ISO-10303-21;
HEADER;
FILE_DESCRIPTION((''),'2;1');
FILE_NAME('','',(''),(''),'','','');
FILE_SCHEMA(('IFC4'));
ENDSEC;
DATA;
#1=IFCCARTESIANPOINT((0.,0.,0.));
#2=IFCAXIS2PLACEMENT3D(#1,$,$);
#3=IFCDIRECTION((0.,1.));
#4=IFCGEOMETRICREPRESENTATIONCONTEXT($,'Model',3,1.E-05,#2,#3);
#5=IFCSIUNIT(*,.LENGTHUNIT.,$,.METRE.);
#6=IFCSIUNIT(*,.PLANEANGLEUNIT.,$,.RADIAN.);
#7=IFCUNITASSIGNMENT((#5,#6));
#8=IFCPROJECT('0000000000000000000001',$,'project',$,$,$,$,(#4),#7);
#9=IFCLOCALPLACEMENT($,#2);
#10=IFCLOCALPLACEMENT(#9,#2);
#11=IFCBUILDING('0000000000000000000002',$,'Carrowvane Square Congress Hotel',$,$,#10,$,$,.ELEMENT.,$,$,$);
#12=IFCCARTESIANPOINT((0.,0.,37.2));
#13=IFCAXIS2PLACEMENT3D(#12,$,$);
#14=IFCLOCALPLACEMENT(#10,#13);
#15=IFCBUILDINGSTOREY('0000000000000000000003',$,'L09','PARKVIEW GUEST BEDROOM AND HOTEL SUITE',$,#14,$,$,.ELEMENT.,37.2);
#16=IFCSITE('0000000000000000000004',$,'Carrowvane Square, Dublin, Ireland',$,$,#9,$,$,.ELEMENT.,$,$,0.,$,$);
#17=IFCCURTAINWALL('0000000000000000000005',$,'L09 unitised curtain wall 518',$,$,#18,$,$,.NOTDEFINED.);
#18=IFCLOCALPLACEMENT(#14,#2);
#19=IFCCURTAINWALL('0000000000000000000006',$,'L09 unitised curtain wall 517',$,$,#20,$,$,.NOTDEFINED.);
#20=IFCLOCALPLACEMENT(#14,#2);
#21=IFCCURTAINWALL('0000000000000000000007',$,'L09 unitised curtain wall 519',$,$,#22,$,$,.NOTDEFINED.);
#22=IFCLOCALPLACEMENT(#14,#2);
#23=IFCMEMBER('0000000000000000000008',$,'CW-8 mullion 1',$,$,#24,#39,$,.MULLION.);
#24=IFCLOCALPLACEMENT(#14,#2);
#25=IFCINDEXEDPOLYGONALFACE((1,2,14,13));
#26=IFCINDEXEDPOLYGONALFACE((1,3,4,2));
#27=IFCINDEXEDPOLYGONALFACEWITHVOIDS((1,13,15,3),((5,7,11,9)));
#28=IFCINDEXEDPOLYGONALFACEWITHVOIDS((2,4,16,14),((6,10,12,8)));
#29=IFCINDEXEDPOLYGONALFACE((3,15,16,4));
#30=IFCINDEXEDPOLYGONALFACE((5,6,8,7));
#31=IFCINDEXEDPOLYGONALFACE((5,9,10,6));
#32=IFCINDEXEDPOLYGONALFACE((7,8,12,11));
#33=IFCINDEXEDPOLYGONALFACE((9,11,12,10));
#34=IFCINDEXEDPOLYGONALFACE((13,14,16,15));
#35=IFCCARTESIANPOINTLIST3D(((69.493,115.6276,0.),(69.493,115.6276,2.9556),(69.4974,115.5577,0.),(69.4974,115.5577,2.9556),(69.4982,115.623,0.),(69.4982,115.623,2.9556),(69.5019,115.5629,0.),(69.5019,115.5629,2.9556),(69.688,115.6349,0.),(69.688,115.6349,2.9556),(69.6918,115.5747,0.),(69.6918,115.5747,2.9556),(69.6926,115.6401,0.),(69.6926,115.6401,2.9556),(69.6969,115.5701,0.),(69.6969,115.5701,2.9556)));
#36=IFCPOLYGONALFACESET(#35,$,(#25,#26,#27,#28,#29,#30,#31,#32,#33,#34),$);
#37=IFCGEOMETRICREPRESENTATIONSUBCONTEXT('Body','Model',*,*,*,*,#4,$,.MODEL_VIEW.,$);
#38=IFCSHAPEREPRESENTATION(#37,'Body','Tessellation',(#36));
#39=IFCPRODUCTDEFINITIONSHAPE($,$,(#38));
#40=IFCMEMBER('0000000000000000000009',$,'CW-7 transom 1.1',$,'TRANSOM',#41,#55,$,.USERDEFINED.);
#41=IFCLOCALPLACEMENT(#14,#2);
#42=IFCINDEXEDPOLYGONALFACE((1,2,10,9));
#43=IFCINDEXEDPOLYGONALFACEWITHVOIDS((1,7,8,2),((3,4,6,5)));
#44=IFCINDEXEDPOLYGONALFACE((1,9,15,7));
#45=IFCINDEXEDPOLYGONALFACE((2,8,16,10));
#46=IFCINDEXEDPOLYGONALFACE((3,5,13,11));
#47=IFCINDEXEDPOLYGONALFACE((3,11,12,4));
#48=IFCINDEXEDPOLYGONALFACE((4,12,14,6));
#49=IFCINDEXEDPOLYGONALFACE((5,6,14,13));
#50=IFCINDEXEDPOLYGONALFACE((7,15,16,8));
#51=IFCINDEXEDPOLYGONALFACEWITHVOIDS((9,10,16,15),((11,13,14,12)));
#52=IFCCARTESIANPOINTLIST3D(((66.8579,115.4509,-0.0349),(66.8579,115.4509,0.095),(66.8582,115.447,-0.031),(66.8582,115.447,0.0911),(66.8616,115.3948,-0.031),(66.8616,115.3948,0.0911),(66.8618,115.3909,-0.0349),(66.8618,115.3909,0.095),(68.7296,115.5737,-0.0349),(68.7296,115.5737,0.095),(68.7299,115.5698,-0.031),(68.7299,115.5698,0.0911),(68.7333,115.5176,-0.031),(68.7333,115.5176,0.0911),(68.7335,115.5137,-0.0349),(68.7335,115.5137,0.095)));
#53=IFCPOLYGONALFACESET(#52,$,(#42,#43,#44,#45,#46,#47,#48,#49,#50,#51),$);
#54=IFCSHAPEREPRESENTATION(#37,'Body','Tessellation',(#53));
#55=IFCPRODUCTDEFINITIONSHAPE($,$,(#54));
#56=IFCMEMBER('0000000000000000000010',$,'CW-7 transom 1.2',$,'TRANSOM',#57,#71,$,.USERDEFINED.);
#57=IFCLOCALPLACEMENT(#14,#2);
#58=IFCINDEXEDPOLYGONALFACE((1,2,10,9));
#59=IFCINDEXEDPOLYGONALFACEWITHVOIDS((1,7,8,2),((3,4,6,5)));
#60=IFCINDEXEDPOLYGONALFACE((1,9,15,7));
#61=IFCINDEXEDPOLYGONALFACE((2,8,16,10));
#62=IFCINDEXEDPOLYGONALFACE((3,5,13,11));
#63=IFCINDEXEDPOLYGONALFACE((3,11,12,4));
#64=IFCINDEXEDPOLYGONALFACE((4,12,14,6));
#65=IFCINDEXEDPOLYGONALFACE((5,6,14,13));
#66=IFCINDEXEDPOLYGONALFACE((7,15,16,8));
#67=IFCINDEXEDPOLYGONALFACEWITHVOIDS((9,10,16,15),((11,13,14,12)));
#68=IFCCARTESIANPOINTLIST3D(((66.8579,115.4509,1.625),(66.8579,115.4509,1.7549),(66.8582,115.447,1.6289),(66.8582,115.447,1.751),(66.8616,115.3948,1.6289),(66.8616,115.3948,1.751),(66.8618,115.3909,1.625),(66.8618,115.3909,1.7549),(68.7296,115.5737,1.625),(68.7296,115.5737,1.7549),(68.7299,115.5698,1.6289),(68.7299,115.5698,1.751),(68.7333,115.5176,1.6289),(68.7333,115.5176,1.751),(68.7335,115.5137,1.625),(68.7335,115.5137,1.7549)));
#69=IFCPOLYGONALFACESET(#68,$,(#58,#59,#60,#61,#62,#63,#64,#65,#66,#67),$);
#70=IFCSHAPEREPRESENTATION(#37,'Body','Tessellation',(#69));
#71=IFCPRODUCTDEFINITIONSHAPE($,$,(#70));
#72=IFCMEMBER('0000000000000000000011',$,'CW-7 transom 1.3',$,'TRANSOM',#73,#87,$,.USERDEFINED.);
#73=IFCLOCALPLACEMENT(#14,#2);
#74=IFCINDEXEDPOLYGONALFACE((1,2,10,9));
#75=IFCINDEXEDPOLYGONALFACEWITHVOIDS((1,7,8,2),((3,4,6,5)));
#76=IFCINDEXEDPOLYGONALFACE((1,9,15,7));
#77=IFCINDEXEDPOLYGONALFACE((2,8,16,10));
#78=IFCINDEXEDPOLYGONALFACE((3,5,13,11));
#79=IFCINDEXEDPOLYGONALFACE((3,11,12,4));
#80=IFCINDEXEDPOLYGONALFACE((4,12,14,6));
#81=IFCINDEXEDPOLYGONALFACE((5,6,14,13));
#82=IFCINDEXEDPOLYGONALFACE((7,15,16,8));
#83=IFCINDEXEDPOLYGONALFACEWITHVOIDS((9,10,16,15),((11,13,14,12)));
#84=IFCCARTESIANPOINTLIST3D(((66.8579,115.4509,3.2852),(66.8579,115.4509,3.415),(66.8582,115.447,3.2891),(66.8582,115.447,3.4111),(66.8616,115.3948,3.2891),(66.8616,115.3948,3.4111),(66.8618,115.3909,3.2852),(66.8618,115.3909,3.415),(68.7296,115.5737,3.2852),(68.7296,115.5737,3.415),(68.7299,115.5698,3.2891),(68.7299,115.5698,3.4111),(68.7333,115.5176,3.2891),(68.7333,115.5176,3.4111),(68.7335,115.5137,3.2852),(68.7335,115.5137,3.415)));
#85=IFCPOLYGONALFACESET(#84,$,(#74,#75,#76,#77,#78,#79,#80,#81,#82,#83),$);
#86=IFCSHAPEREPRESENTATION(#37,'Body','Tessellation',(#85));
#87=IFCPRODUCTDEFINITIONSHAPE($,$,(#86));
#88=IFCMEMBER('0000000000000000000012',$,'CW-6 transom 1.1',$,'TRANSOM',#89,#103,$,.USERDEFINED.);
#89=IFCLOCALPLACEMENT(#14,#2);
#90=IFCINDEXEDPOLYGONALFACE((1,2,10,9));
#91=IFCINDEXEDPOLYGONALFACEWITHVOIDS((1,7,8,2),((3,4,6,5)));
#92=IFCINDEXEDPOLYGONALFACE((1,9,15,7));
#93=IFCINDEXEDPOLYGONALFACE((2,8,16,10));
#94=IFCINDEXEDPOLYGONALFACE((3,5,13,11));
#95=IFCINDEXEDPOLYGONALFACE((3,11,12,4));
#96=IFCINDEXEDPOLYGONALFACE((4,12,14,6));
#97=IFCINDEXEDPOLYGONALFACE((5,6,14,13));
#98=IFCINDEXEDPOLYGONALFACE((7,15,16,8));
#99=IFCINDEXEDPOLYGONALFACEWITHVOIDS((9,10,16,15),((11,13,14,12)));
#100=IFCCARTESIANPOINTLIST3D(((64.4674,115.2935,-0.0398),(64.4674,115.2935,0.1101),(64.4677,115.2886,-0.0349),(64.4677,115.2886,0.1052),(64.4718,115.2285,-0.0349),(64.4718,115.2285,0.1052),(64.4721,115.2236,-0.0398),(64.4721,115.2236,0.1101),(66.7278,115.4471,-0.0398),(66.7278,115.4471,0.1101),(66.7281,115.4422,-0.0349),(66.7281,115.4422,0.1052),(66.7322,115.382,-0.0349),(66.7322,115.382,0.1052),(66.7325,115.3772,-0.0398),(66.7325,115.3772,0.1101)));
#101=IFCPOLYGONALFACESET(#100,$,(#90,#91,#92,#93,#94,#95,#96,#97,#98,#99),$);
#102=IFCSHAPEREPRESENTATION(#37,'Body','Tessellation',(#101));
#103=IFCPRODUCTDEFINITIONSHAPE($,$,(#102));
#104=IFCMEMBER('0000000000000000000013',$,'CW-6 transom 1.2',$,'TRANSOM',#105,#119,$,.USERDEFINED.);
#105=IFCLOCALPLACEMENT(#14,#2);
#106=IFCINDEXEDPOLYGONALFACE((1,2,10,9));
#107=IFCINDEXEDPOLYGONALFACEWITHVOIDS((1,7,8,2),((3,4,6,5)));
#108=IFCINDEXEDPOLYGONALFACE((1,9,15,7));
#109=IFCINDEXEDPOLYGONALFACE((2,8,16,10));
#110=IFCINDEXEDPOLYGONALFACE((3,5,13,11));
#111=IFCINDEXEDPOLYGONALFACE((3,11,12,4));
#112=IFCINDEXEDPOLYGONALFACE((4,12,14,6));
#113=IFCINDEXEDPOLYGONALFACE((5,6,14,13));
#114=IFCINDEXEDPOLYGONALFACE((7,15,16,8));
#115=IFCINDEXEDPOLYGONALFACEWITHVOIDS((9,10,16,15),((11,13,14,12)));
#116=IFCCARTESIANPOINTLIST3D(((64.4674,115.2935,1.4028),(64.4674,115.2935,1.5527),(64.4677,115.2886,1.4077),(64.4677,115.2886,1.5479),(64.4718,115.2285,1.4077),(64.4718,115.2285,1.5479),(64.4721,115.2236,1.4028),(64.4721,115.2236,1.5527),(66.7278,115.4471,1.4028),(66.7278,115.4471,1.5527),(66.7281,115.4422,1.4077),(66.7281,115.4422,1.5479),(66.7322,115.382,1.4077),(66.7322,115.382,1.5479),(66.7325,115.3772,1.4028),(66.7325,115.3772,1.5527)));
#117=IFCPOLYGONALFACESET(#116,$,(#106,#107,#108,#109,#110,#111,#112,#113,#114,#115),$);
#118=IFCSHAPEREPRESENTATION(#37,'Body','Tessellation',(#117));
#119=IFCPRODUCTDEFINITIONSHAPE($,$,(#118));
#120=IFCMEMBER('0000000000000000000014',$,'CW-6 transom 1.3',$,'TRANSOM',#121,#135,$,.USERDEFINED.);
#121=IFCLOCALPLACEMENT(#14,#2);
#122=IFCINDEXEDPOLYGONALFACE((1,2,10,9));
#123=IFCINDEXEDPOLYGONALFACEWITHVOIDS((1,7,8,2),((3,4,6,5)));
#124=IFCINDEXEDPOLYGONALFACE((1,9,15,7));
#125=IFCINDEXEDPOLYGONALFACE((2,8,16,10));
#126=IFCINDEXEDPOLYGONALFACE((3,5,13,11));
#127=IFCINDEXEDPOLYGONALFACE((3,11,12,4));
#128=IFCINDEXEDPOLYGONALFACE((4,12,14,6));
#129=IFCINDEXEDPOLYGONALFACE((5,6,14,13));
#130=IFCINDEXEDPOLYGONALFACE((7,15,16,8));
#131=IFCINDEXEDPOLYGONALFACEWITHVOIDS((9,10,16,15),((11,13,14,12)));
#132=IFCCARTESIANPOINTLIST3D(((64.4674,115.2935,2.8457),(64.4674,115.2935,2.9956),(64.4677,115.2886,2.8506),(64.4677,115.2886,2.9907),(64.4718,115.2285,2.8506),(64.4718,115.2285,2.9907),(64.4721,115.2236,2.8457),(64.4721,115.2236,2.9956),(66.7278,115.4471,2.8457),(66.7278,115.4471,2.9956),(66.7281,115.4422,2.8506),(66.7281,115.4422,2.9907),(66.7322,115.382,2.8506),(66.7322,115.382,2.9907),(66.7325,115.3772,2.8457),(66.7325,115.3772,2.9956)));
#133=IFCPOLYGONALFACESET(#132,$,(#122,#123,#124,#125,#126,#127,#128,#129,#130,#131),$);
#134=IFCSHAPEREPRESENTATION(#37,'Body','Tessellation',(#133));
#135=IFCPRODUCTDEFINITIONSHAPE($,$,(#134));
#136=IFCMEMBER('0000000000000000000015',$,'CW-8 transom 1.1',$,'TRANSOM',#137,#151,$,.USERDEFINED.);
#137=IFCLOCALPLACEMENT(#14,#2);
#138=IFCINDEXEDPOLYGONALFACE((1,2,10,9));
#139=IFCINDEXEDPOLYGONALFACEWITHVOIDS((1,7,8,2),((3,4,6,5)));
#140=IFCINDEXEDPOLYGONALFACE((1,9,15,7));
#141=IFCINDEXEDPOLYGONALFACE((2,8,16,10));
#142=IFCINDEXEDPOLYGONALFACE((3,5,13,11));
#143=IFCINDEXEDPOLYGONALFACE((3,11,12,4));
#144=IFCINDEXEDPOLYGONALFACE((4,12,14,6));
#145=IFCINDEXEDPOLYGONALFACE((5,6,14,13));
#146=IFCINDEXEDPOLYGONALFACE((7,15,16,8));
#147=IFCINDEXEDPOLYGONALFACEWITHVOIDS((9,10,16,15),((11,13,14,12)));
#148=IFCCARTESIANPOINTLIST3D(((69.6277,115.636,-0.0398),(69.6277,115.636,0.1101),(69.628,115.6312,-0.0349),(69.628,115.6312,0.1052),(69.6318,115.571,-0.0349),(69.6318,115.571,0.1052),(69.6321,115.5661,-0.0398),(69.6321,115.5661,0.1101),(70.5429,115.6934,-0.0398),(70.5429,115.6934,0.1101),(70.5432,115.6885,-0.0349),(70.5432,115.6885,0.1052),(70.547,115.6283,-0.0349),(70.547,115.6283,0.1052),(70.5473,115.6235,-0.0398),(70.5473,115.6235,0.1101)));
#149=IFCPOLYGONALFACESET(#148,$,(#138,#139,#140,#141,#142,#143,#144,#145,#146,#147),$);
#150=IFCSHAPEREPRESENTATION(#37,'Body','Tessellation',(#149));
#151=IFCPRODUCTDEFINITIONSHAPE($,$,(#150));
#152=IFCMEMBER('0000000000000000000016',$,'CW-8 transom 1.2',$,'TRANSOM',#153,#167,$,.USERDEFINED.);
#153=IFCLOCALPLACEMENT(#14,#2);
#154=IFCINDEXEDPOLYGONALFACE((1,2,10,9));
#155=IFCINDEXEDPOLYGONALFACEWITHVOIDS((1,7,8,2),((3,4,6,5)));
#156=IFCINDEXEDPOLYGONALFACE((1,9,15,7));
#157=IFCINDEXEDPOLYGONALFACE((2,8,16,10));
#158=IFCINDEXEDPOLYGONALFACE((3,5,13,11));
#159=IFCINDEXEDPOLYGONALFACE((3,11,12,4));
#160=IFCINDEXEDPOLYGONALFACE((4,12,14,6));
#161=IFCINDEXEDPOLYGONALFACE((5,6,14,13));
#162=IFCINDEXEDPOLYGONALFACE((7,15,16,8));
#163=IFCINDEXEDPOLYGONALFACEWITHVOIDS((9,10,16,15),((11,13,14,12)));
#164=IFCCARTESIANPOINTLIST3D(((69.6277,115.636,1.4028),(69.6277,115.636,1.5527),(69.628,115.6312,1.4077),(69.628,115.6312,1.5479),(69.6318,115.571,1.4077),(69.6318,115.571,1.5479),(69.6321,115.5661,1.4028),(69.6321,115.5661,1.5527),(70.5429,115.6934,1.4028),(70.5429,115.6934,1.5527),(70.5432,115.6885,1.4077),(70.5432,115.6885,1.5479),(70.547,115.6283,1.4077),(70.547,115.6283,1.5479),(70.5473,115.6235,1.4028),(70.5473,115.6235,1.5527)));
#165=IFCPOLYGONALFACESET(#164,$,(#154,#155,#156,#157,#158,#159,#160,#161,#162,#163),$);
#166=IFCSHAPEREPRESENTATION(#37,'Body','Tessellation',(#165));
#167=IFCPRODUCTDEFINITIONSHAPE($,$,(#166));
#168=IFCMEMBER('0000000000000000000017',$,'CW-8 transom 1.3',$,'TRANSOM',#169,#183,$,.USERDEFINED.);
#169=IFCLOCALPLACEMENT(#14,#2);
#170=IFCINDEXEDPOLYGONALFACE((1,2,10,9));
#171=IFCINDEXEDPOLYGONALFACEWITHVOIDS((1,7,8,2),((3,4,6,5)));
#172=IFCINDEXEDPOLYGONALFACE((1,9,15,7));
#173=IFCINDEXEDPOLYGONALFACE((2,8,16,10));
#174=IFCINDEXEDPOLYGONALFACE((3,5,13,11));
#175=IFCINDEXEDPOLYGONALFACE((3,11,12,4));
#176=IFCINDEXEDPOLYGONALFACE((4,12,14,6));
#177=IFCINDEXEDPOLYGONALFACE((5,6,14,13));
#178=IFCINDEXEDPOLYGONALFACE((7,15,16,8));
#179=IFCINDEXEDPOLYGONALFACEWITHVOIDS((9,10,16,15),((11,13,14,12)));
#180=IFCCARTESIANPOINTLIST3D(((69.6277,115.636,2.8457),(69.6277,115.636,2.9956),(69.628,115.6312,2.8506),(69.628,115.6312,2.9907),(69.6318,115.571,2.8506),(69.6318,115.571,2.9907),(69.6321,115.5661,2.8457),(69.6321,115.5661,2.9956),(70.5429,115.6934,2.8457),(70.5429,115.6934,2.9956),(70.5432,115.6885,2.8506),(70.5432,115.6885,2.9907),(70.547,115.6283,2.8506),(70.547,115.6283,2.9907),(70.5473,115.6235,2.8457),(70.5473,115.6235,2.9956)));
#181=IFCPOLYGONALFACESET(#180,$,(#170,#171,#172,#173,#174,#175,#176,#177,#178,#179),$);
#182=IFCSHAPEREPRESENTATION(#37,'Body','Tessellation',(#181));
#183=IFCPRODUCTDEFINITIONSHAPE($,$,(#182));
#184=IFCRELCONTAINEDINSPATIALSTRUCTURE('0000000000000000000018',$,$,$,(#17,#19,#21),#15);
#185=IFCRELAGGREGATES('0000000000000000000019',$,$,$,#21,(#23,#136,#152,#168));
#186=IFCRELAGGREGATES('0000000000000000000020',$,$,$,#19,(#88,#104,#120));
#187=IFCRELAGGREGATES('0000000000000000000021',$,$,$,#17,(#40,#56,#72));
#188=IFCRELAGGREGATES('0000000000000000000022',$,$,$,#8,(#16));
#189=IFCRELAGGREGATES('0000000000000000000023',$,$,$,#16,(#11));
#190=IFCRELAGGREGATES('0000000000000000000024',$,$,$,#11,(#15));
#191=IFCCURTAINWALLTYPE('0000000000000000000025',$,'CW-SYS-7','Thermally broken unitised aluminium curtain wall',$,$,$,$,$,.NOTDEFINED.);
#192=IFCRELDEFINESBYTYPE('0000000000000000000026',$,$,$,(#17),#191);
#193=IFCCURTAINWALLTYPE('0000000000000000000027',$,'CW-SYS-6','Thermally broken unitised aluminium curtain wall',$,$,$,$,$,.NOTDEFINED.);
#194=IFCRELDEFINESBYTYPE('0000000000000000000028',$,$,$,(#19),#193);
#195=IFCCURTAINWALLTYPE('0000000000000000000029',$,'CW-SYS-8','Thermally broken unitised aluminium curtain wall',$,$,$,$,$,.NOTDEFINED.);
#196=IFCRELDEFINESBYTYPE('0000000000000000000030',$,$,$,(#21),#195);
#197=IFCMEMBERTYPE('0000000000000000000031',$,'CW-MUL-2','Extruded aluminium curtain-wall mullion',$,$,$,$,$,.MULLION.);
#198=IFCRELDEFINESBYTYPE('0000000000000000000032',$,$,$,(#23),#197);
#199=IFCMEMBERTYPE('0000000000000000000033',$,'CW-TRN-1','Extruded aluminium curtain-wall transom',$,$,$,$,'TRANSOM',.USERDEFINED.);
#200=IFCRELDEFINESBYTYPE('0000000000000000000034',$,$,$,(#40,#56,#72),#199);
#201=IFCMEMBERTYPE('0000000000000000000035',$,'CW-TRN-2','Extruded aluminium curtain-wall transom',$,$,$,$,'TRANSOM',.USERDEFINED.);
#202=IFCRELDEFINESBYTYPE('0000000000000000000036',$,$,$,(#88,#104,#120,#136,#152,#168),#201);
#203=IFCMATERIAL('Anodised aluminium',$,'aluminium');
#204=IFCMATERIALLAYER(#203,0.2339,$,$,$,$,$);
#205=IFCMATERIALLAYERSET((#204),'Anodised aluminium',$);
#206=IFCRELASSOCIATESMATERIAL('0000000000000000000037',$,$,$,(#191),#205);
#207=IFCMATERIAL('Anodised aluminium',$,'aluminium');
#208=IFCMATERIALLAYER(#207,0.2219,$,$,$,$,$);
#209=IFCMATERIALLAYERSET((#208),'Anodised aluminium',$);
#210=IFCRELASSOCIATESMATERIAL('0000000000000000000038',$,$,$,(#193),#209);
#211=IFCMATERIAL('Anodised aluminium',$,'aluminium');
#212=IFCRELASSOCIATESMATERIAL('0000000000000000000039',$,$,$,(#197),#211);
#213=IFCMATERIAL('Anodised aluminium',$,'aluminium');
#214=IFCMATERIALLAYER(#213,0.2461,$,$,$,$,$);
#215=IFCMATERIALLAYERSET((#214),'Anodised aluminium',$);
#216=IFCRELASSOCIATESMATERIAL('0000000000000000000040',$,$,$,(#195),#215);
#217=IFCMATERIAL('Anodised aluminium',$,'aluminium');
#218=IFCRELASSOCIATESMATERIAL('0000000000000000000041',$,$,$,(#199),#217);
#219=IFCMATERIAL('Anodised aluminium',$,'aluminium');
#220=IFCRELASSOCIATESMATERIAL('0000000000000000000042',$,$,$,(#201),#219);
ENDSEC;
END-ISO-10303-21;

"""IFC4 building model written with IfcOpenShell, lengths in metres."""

from ifc_helpers import new_model, si_unit, direction, frame, origin, origin_2d, place, context, subcontext, project, spatial, hollow_rectangle, extrude, material, layer, layer_set, material_profile, profile_set, type_object, element, aggregate, save


model = new_model("IFC4")

# Units and contexts
model_context = context("Model", 3, precision=1e-05, world=origin(), true_north=direction((0.0, 1.0)))
body_context = subcontext(model_context, "Body", "Model", "MODEL_VIEW")
ifc_project = project(units=[si_unit("LENGTHUNIT", "METRE"), si_unit("PLANEANGLEUNIT", "RADIAN")], contexts=[model_context])

# Site, building, storey
site_placement = place(None, origin())
site = spatial("IfcSite", under=ifc_project, at=site_placement, Name="Carrowvane Square, Dublin, Ireland", CompositionType="ELEMENT", RefElevation=0.0)
building_placement = place(site_placement, origin())
building = spatial("IfcBuilding", under=site, at=building_placement, Name="Carrowvane Square Congress Hotel", CompositionType="ELEMENT")
storey_placement = place(building_placement, frame((0.0, 0.0, 37.2)))
storey = spatial("IfcBuildingStorey", under=building, at=storey_placement, Name="L09", Description="PARKVIEW GUEST BEDROOM AND HOTEL SUITE", CompositionType="ELEMENT", Elevation=37.2)

# Curtain walls
ifc_material_1 = material(Name="Anodised aluminium", Category="aluminium")
ifc_layer_1 = layer(ifc_material_1, 0.2339)
ifc_layer_set_1 = layer_set([ifc_layer_1], Name="Anodised aluminium")
curtain_wall_type_1 = type_object("IfcCurtainWallType", Name="CW-SYS-7", Description="Thermally broken unitised aluminium curtain wall", PredefinedType="NOTDEFINED", material=ifc_layer_set_1)
curtain_wall_1_placement = place(storey_placement, origin())
curtain_wall_1 = element("IfcCurtainWall", 1, at=curtain_wall_1_placement, inside=storey, type_object=curtain_wall_type_1, Name="L09 unitised curtain wall 518", PredefinedType="NOTDEFINED")
ifc_material_2 = material(Name="Anodised aluminium", Category="aluminium")
ifc_layer_2 = layer(ifc_material_2, 0.2219)
ifc_layer_set_2 = layer_set([ifc_layer_2], Name="Anodised aluminium")
curtain_wall_type_2 = type_object("IfcCurtainWallType", Name="CW-SYS-6", Description="Thermally broken unitised aluminium curtain wall", PredefinedType="NOTDEFINED", material=ifc_layer_set_2)
curtain_wall_2_placement = place(storey_placement, origin())
curtain_wall_2 = element("IfcCurtainWall", 2, at=curtain_wall_2_placement, inside=storey, type_object=curtain_wall_type_2, Name="L09 unitised curtain wall 517", PredefinedType="NOTDEFINED")
ifc_material_3 = material(Name="Anodised aluminium", Category="aluminium")
ifc_material_profile_1 = material_profile(ifc_material_3, hollow_rectangle(XDim=0.0701, YDim=0.2, WallThickness=0.0049, at=origin_2d()), Name="CW-ML 70x200x5")
ifc_profile_set_1 = profile_set([ifc_material_profile_1], Name="Anodised aluminium")
member_type_1 = type_object("IfcMemberType", Name="CW-MUL-2", Description="Extruded aluminium curtain-wall mullion", PredefinedType="MULLION", material=ifc_profile_set_1)

# Curtain wall, member
ifc_material_4 = material(Name="Anodised aluminium", Category="aluminium")
ifc_layer_3 = layer(ifc_material_4, 0.2461)
ifc_layer_set_3 = layer_set([ifc_layer_3], Name="Anodised aluminium")
curtain_wall_type_3 = type_object("IfcCurtainWallType", Name="CW-SYS-8", Description="Thermally broken unitised aluminium curtain wall", PredefinedType="NOTDEFINED", material=ifc_layer_set_3)
curtain_wall_3_placement = place(storey_placement, origin())
curtain_wall_3 = element("IfcCurtainWall", 3, at=curtain_wall_3_placement, inside=storey, type_object=curtain_wall_type_3, Name="L09 unitised curtain wall 519", PredefinedType="NOTDEFINED")
member_1_placement = place(storey_placement, frame((69.595, 115.5989, 0.0), z_axis=(0.0, 0.0, 1.0), x_axis=(-0.062397, 0.998051, 0.0)))
member_1 = element("IfcMember", 4, at=member_1_placement, type_object=member_type_1, Name="CW-8 mullion 1", PredefinedType="MULLION", context=body_context, shape_type="SweptSolid", body=[
    extrude(hollow_rectangle(XDim=0.0701, YDim=0.2, WallThickness=0.0049, at=origin_2d()), origin(), (0.0, 0.0, 1.0), 2.9556),
])

# Members
ifc_material_5 = material(Name="Anodised aluminium", Category="aluminium")
ifc_material_profile_2 = material_profile(ifc_material_5, hollow_rectangle(XDim=0.0601, YDim=0.1299, WallThickness=0.0039, at=origin_2d()), Name="CW-TR 60x130x4")
ifc_profile_set_2 = profile_set([ifc_material_profile_2], Name="Anodised aluminium")
member_type_2 = type_object("IfcMemberType", Name="CW-TRN-1", Description="Extruded aluminium curtain-wall transom", ElementType="TRANSOM", PredefinedType="USERDEFINED", material=ifc_profile_set_2)
member_2_placement = place(storey_placement, frame((66.8599, 115.4209, 0.03), z_axis=(0.997855, 0.065465, 0.0), x_axis=(-0.065465, 0.997855, 0.0)))
member_2 = element("IfcMember", 5, at=member_2_placement, type_object=member_type_2, Name="CW-7 transom 1.1", ObjectType="TRANSOM", PredefinedType="USERDEFINED", context=body_context, shape_type="SweptSolid", body=[
    extrude(hollow_rectangle(XDim=0.0601, YDim=0.1299, WallThickness=0.0039, at=origin_2d()), origin(), (0.0, 0.0, 1.0), 1.8757),
])
member_3_placement = place(storey_placement, frame((66.8599, 115.4209, 1.6899), z_axis=(0.997855, 0.065465, 0.0), x_axis=(-0.065465, 0.997855, 0.0)))
member_3 = element("IfcMember", 6, at=member_3_placement, type_object=member_type_2, Name="CW-7 transom 1.2", ObjectType="TRANSOM", PredefinedType="USERDEFINED", context=body_context, shape_type="SweptSolid", body=[
    extrude(hollow_rectangle(XDim=0.0601, YDim=0.1299, WallThickness=0.0039, at=origin_2d()), origin(), (0.0, 0.0, 1.0), 1.8757),
])
member_4_placement = place(storey_placement, frame((66.8599, 115.4209, 3.3501), z_axis=(0.997855, 0.065465, 0.0), x_axis=(-0.065465, 0.997855, 0.0)))
member_4 = element("IfcMember", 7, at=member_4_placement, type_object=member_type_2, Name="CW-7 transom 1.3", ObjectType="TRANSOM", PredefinedType="USERDEFINED", context=body_context, shape_type="SweptSolid", body=[
    extrude(hollow_rectangle(XDim=0.0601, YDim=0.1299, WallThickness=0.0039, at=origin_2d()), origin(), (0.0, 0.0, 1.0), 1.8757),
])
ifc_material_6 = material(Name="Anodised aluminium", Category="aluminium")
ifc_material_profile_3 = material_profile(ifc_material_6, hollow_rectangle(XDim=0.0701, YDim=0.1499, WallThickness=0.0049, at=origin_2d()), Name="CW-TR 70x150x5")
ifc_profile_set_3 = profile_set([ifc_material_profile_3], Name="Anodised aluminium")
member_type_3 = type_object("IfcMemberType", Name="CW-TRN-2", Description="Extruded aluminium curtain-wall transom", ElementType="TRANSOM", PredefinedType="USERDEFINED", material=ifc_profile_set_3)
member_5_placement = place(storey_placement, frame((64.4697, 115.2585, 0.0352), z_axis=(0.9977, 0.067778, 0.0), x_axis=(-0.067778, 0.9977, 0.0)))
member_5 = element("IfcMember", 8, at=member_5_placement, type_object=member_type_3, Name="CW-6 transom 1.1", ObjectType="TRANSOM", PredefinedType="USERDEFINED", context=body_context, shape_type="SweptSolid", body=[
    extrude(hollow_rectangle(XDim=0.0701, YDim=0.1499, WallThickness=0.0049, at=origin_2d()), origin(), (0.0, 0.0, 1.0), 2.2656),
])
member_6_placement = place(storey_placement, frame((64.4697, 115.2585, 1.4778), z_axis=(0.9977, 0.067778, 0.0), x_axis=(-0.067778, 0.9977, 0.0)))
member_6 = element("IfcMember", 9, at=member_6_placement, type_object=member_type_3, Name="CW-6 transom 1.2", ObjectType="TRANSOM", PredefinedType="USERDEFINED", context=body_context, shape_type="SweptSolid", body=[
    extrude(hollow_rectangle(XDim=0.0701, YDim=0.1499, WallThickness=0.0049, at=origin_2d()), origin(), (0.0, 0.0, 1.0), 2.2656),
])
member_7_placement = place(storey_placement, frame((64.4697, 115.2585, 2.9207), z_axis=(0.9977, 0.067778, 0.0), x_axis=(-0.067778, 0.9977, 0.0)))
member_7 = element("IfcMember", 10, at=member_7_placement, type_object=member_type_3, Name="CW-6 transom 1.3", ObjectType="TRANSOM", PredefinedType="USERDEFINED", context=body_context, shape_type="SweptSolid", body=[
    extrude(hollow_rectangle(XDim=0.0701, YDim=0.1499, WallThickness=0.0049, at=origin_2d()), origin(), (0.0, 0.0, 1.0), 2.2656),
])
member_8_placement = place(storey_placement, frame((69.6299, 115.6011, 0.0352), z_axis=(0.998041, 0.062561, 0.0), x_axis=(-0.062561, 0.998041, 0.0)))
member_8 = element("IfcMember", 11, at=member_8_placement, type_object=member_type_3, Name="CW-8 transom 1.1", ObjectType="TRANSOM", PredefinedType="USERDEFINED", context=body_context, shape_type="SweptSolid", body=[
    extrude(hollow_rectangle(XDim=0.0701, YDim=0.1499, WallThickness=0.0049, at=origin_2d()), origin(), (0.0, 0.0, 1.0), 0.917),
])
member_9_placement = place(storey_placement, frame((69.6299, 115.6011, 1.4778), z_axis=(0.998041, 0.062561, 0.0), x_axis=(-0.062561, 0.998041, 0.0)))
member_9 = element("IfcMember", 12, at=member_9_placement, type_object=member_type_3, Name="CW-8 transom 1.2", ObjectType="TRANSOM", PredefinedType="USERDEFINED", context=body_context, shape_type="SweptSolid", body=[
    extrude(hollow_rectangle(XDim=0.0701, YDim=0.1499, WallThickness=0.0049, at=origin_2d()), origin(), (0.0, 0.0, 1.0), 0.917),
])
member_10_placement = place(storey_placement, frame((69.6299, 115.6011, 2.9207), z_axis=(0.998041, 0.062561, 0.0), x_axis=(-0.062561, 0.998041, 0.0)))
member_10 = element("IfcMember", 13, at=member_10_placement, type_object=member_type_3, Name="CW-8 transom 1.3", ObjectType="TRANSOM", PredefinedType="USERDEFINED", context=body_context, shape_type="SweptSolid", body=[
    extrude(hollow_rectangle(XDim=0.0701, YDim=0.1499, WallThickness=0.0049, at=origin_2d()), origin(), (0.0, 0.0, 1.0), 0.917),
])
aggregate(curtain_wall_3, [member_1, member_8, member_9, member_10])

aggregate(curtain_wall_2, [member_5, member_6, member_7])
aggregate(curtain_wall_1, [member_2, member_3, member_4])

save(model, "model.ifc")
